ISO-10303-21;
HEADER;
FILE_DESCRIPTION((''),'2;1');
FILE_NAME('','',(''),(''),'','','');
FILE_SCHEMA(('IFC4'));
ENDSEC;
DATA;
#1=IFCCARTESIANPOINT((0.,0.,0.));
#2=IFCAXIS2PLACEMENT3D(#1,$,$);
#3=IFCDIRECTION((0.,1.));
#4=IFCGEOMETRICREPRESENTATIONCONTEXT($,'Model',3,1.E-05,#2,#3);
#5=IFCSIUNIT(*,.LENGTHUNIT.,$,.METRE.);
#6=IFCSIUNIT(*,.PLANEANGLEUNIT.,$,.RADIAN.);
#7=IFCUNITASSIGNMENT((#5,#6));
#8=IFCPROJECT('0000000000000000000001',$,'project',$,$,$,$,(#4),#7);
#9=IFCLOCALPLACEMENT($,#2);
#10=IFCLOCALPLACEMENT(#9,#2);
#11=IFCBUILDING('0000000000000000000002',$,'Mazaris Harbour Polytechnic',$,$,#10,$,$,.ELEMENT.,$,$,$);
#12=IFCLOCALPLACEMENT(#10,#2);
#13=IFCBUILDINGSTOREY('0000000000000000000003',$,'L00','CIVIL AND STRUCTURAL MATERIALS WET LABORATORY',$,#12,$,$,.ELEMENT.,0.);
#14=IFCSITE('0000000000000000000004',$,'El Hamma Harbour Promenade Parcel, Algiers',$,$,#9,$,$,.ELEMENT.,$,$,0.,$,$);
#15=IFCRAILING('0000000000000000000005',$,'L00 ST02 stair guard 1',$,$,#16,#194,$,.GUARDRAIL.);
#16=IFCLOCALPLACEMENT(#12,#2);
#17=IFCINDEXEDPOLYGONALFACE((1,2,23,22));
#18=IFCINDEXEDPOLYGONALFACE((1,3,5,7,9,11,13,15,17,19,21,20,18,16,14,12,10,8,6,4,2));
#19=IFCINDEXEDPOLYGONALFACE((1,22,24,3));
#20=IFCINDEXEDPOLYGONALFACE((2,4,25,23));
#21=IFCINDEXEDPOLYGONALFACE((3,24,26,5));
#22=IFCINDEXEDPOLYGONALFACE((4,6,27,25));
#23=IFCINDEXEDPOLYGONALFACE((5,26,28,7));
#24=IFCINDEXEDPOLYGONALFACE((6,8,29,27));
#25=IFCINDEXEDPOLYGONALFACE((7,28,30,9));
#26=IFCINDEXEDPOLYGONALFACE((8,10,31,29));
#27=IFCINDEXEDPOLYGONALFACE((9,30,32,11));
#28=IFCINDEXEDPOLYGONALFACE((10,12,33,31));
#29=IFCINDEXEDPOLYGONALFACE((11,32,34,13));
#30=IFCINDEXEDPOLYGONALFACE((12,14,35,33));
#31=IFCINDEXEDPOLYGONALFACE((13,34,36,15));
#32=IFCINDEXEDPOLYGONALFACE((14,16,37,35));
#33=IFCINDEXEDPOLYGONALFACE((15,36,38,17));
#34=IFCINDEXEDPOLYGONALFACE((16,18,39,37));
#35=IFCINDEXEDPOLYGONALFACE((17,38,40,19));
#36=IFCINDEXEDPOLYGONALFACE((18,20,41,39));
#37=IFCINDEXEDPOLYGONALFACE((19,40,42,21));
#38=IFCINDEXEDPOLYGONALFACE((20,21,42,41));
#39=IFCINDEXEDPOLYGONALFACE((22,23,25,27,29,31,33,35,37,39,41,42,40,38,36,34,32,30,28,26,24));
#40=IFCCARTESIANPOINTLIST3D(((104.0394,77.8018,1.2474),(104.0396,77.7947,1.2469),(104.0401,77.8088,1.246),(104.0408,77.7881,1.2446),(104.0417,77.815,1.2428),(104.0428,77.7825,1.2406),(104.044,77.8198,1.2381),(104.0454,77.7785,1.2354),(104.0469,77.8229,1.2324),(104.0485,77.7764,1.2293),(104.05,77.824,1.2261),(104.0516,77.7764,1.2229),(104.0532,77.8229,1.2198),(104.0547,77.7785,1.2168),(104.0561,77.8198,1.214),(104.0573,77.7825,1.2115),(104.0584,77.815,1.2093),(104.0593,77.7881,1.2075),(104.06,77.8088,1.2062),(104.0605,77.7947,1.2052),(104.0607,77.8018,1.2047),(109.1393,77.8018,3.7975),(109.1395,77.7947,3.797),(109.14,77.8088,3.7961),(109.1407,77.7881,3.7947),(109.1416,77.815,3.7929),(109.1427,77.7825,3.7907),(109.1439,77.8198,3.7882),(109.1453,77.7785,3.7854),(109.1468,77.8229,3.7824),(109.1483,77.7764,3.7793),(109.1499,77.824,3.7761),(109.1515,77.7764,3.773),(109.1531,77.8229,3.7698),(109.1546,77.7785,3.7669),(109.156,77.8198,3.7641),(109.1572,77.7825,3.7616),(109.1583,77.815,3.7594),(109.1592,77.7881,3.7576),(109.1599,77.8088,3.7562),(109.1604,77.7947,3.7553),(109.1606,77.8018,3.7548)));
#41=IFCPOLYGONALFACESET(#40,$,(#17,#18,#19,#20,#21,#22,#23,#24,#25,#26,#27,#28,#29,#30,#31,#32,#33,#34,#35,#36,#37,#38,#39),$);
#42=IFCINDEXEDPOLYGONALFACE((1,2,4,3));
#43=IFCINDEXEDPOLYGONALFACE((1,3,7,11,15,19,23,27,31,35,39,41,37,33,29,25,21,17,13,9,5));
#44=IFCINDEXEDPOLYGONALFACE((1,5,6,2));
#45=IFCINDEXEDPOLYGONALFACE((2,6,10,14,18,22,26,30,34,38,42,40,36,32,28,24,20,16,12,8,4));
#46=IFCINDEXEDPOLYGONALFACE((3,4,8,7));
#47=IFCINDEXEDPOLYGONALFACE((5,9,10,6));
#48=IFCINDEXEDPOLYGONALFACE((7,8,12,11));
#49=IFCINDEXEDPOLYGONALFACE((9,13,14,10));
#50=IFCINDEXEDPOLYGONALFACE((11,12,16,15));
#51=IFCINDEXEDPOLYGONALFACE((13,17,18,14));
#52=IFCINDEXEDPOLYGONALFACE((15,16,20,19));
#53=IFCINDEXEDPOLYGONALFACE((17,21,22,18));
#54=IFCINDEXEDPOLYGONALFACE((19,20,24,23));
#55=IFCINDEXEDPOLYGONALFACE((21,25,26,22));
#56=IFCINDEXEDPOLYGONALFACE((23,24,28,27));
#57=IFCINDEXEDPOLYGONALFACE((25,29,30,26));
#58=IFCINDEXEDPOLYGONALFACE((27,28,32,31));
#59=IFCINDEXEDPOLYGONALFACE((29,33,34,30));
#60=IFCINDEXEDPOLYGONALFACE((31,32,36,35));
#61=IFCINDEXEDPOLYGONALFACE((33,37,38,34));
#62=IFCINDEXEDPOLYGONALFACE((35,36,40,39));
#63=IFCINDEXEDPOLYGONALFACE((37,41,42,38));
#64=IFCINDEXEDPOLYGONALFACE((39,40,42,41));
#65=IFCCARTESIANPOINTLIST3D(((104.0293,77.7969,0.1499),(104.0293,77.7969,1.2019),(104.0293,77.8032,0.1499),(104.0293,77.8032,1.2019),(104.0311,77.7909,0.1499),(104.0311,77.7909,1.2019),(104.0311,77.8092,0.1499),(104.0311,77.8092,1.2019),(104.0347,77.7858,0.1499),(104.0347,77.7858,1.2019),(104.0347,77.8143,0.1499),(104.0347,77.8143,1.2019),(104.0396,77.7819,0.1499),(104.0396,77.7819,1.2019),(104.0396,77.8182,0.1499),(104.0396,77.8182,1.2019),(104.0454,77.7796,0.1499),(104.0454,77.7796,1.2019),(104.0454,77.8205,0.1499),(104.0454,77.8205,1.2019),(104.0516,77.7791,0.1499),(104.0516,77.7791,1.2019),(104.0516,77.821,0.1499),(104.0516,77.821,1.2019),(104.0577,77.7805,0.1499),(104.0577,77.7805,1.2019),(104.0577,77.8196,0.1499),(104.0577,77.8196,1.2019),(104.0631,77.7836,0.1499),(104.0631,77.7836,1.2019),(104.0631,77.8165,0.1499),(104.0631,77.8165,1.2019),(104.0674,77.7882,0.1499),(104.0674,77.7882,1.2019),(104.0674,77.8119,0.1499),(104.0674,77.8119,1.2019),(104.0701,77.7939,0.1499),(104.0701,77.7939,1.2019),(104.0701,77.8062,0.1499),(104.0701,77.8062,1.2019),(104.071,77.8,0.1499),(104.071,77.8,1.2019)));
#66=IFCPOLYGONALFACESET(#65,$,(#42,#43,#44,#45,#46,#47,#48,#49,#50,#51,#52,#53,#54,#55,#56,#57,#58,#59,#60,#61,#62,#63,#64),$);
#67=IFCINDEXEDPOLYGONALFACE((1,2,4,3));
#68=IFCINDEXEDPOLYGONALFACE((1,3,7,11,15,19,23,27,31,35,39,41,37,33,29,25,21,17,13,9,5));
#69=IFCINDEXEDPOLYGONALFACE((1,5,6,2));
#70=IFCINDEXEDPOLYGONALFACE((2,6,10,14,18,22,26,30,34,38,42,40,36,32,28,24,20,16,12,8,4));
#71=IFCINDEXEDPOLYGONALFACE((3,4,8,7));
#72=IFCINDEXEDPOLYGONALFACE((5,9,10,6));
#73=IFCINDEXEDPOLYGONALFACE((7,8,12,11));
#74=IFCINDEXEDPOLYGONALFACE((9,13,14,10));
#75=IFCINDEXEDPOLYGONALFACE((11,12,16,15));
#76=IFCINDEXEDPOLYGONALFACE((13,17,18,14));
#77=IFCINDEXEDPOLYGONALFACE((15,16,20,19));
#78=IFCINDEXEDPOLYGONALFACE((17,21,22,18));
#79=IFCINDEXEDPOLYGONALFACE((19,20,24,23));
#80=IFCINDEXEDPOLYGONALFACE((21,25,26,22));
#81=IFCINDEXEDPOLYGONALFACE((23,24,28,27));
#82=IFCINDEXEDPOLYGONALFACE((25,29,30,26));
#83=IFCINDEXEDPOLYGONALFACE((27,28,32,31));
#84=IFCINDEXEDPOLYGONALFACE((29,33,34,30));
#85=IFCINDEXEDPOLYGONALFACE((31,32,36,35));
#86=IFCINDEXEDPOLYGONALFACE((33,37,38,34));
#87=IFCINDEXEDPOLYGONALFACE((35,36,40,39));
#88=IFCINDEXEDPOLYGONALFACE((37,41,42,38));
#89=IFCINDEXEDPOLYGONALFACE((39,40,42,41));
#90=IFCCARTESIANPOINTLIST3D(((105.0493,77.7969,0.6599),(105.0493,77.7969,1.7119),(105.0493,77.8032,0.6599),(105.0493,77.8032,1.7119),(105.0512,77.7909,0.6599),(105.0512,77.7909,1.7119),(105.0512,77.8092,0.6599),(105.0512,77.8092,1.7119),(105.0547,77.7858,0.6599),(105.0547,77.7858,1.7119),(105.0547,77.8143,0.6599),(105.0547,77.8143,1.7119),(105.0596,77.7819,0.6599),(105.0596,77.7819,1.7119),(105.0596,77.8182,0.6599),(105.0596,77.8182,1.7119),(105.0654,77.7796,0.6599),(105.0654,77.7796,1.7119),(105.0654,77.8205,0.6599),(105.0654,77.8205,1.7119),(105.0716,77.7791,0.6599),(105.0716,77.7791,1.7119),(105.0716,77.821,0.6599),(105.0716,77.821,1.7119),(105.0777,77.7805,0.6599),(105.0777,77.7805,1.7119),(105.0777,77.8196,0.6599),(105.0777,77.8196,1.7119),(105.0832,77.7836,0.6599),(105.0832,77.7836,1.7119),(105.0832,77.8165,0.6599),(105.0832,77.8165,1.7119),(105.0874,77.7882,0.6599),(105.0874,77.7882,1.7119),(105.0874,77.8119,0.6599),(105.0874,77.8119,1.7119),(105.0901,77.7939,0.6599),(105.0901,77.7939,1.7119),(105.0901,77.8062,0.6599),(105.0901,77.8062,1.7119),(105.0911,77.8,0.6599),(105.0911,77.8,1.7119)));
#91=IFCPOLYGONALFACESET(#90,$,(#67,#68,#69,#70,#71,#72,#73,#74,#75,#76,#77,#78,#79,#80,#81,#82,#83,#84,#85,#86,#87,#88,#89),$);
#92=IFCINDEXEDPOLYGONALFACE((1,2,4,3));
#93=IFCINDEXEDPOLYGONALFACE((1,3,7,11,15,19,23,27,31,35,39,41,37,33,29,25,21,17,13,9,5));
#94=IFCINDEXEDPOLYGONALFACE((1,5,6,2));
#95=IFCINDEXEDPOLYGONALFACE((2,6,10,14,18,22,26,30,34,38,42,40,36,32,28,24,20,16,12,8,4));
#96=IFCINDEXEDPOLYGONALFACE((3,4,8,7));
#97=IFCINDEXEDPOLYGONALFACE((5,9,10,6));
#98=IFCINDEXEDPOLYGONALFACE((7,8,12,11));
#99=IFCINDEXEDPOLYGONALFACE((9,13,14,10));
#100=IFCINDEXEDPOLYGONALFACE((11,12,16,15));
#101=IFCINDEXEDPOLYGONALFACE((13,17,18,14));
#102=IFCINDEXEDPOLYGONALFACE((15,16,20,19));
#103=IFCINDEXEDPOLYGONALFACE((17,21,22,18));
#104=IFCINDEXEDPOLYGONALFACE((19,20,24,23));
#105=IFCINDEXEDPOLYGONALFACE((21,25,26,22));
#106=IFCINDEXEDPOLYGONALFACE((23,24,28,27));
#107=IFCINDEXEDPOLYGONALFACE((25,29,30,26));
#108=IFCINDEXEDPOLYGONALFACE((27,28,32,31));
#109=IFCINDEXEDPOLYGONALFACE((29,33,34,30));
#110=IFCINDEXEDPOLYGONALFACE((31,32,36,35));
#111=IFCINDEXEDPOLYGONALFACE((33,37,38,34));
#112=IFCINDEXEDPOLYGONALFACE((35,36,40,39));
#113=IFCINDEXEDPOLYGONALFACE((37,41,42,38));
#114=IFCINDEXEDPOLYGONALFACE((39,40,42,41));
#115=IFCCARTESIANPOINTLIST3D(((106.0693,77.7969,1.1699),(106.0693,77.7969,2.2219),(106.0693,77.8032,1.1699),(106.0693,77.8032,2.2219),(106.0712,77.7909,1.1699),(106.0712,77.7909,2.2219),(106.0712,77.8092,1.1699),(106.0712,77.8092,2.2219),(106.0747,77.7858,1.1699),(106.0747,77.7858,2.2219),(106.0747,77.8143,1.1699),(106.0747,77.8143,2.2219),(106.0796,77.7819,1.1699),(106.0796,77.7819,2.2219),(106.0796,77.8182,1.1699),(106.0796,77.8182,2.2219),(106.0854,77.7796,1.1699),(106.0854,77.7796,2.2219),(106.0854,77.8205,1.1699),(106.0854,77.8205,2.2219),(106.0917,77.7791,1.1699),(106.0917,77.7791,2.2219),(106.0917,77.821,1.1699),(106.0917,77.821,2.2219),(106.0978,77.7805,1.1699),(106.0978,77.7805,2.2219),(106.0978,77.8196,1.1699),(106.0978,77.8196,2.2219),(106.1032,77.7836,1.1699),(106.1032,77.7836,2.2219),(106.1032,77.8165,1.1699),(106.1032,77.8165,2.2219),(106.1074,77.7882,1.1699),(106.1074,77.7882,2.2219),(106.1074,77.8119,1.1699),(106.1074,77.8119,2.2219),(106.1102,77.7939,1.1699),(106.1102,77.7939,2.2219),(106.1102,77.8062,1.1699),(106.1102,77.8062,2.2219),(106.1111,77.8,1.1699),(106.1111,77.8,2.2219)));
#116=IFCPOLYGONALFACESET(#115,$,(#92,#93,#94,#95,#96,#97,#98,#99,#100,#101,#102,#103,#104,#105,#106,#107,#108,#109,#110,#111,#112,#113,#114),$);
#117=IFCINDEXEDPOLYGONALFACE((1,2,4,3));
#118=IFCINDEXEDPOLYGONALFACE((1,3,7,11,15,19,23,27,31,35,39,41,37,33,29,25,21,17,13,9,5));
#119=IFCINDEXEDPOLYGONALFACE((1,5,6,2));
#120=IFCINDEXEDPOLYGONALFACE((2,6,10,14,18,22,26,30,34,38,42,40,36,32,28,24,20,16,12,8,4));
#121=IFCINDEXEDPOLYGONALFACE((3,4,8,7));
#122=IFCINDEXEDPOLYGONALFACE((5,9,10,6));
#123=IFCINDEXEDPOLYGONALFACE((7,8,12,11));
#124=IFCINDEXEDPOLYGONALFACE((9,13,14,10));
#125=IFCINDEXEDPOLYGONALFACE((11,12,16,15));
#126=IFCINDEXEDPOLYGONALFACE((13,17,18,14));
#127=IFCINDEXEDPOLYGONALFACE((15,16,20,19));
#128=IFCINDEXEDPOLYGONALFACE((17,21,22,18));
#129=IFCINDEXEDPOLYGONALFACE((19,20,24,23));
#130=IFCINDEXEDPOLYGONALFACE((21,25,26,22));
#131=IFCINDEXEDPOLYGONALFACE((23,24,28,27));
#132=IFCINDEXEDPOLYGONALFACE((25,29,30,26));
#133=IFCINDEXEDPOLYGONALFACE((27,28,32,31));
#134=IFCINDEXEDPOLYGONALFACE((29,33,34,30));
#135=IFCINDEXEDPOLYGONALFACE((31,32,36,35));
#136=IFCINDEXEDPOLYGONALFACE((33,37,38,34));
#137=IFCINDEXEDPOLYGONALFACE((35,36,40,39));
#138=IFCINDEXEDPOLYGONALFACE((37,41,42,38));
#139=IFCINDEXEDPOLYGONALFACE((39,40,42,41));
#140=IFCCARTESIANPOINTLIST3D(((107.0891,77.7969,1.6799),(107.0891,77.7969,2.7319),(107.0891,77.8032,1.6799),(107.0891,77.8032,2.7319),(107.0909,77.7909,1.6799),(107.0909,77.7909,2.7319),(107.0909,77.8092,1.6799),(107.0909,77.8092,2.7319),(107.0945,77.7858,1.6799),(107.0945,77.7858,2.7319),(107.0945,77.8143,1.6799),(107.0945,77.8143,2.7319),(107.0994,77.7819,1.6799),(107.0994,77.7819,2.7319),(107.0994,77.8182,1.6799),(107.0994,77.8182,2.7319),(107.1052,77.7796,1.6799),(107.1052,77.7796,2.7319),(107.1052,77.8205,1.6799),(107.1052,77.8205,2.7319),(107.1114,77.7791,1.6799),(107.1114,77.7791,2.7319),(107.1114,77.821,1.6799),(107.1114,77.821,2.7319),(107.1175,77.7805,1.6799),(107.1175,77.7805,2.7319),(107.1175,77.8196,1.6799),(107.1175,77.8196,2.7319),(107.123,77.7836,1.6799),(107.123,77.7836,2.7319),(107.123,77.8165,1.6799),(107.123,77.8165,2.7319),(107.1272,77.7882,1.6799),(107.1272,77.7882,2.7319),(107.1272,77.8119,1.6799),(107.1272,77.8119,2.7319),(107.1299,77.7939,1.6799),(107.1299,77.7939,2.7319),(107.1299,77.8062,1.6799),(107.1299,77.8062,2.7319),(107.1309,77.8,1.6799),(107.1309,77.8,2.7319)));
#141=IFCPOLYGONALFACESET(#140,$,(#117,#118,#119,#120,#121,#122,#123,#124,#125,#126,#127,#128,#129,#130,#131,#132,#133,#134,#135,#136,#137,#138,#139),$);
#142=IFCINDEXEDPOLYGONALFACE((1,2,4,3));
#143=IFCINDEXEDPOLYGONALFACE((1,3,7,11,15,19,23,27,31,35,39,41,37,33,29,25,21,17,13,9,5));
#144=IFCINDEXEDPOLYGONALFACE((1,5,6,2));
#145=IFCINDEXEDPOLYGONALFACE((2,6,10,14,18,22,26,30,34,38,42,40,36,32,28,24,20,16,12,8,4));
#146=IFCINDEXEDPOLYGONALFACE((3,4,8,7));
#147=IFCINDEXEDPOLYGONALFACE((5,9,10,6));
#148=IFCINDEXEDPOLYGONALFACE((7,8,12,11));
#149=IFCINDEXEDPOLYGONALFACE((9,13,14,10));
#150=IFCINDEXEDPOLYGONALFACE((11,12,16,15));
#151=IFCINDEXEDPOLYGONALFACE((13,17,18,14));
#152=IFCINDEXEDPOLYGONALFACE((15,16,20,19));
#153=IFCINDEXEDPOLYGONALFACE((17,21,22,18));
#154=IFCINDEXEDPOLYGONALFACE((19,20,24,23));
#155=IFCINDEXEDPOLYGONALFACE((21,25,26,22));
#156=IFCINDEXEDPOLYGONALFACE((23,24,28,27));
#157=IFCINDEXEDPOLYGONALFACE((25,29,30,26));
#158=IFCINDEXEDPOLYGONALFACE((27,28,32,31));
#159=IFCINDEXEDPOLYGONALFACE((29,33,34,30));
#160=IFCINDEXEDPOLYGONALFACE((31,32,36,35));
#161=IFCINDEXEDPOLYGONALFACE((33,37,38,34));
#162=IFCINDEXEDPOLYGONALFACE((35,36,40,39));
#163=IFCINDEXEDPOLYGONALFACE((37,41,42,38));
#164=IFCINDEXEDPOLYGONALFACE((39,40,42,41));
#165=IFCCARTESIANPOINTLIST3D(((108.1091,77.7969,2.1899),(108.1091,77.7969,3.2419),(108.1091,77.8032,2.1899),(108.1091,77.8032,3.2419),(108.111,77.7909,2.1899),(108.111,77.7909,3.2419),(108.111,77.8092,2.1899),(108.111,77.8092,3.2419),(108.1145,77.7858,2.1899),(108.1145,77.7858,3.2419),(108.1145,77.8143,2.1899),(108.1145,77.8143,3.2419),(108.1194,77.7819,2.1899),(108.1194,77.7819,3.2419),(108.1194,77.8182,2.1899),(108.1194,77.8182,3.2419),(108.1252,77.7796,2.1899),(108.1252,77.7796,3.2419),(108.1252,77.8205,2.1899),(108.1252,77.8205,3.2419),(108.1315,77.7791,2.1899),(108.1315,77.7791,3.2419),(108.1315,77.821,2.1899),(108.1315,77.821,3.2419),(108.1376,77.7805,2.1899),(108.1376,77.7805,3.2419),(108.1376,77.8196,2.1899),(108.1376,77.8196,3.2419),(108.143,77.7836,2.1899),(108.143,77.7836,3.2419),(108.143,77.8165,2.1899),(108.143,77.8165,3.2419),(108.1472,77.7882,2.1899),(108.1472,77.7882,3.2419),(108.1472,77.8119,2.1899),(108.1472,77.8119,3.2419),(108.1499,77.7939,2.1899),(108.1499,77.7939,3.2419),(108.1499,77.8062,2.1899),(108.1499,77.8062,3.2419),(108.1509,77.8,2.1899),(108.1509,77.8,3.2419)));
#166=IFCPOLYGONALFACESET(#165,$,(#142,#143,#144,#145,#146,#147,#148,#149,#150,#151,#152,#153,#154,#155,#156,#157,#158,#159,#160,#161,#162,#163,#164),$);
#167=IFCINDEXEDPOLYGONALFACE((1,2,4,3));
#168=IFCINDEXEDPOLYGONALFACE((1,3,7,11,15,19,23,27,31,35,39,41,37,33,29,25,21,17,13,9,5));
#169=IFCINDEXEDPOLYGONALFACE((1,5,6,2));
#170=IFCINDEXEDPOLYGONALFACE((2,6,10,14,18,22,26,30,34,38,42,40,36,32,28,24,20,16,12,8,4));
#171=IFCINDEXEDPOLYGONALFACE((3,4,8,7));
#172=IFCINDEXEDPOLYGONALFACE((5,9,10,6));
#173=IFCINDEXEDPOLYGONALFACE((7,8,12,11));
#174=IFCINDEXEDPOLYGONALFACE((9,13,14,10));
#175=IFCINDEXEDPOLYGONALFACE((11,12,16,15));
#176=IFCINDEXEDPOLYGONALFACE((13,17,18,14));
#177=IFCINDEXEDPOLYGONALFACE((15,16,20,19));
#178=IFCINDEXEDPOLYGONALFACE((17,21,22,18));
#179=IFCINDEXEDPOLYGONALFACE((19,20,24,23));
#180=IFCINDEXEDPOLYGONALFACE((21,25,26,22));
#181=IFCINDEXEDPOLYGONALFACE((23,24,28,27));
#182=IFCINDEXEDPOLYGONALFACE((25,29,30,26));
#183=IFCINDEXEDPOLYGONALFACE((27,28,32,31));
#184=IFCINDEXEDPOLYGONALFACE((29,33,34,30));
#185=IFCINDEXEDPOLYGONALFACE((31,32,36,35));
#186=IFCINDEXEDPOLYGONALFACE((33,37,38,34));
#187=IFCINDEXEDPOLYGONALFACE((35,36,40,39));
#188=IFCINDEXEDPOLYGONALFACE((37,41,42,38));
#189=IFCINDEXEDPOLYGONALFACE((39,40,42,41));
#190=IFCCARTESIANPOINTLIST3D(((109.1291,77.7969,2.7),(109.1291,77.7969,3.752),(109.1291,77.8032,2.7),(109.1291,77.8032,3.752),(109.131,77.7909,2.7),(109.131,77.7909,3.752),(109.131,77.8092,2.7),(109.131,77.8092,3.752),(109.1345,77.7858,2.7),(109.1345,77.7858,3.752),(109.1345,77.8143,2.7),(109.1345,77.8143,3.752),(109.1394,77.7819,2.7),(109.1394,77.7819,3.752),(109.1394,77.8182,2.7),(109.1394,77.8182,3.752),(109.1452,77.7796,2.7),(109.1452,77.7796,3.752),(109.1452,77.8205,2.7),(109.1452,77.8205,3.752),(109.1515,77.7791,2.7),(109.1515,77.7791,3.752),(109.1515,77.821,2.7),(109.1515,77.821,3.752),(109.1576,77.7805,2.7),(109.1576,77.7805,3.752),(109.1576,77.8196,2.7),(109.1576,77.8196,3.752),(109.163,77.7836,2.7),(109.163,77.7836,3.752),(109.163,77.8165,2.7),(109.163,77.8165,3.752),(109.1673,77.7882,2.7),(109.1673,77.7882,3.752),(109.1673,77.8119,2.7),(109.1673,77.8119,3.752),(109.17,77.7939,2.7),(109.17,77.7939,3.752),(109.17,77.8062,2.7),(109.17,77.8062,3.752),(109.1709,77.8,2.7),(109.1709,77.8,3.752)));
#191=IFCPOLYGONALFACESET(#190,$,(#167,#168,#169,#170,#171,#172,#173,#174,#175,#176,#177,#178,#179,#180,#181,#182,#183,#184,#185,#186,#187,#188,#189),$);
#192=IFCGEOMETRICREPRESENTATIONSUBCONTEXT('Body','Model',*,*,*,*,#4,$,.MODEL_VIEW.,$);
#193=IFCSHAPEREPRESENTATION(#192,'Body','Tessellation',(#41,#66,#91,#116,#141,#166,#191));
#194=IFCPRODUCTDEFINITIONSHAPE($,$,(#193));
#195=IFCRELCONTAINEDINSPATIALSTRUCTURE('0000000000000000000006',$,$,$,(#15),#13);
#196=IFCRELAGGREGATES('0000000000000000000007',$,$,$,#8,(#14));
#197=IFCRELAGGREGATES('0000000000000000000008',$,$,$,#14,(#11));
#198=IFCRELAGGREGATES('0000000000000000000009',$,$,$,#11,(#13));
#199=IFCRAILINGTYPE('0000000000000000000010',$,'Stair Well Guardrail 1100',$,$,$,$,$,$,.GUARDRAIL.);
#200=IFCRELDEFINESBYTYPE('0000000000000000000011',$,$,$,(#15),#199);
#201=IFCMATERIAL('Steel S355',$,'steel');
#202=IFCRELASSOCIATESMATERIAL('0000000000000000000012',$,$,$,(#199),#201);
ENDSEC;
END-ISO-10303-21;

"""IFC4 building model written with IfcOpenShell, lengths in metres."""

from ifc_helpers import new_model, si_unit, direction, frame, origin, origin_2d, place, context, subcontext, project, spatial, circle, extrude, material, type_object, element, save


model = new_model("IFC4")

# Units and contexts
model_context = context("Model", 3, precision=1e-05, world=origin(), true_north=direction((0.0, 1.0)))
body_context = subcontext(model_context, "Body", "Model", "MODEL_VIEW")
ifc_project = project(units=[si_unit("LENGTHUNIT", "METRE"), si_unit("PLANEANGLEUNIT", "RADIAN")], contexts=[model_context])

# Site, building, storey
site_placement = place(None, origin())
site = spatial("IfcSite", under=ifc_project, at=site_placement, Name="El Hamma Harbour Promenade Parcel, Algiers", CompositionType="ELEMENT", RefElevation=0.0)
building_placement = place(site_placement, origin())
building = spatial("IfcBuilding", under=site, at=building_placement, Name="Mazaris Harbour Polytechnic", CompositionType="ELEMENT")
storey_placement = place(building_placement, origin())
storey = spatial("IfcBuildingStorey", under=building, at=storey_placement, Name="L00", Description="CIVIL AND STRUCTURAL MATERIALS WET LABORATORY", CompositionType="ELEMENT", Elevation=0.0)

# Railing
ifc_material_1 = material(Name="Steel S355", Category="steel")
railing_type_1 = type_object("IfcRailingType", Name="Stair Well Guardrail 1100", PredefinedType="GUARDRAIL", material=ifc_material_1)
railing_1_placement = place(storey_placement, frame((104.05, 77.8, 0.1499)))
element("IfcRailing", 1, at=railing_1_placement, inside=storey, type_object=railing_type_1, Name="L00 ST02 stair guard 1", PredefinedType="GUARDRAIL", context=body_context, shape_type="SweptSolid", body=[
    extrude(circle(Radius=0.0239, at=origin_2d()), frame((0.0, 0.0, 1.0762), z_axis=(0.894419, 0.0, 0.447231), x_axis=(0.0, 1.0, 0.0)), (0.0, 0.0, 1.0), 5.7019),
    extrude(circle(Radius=0.021, at=origin_2d()), origin(), (0.0, 0.0, 1.0), 1.052),
    extrude(circle(Radius=0.021, at=origin_2d()), frame((1.02, 0.0, 0.51)), (0.0, 0.0, 1.0), 1.052),
    extrude(circle(Radius=0.021, at=origin_2d()), frame((2.04, 0.0, 1.02)), (0.0, 0.0, 1.0), 1.052),
    extrude(circle(Radius=0.021, at=origin_2d()), frame((3.0598, 0.0, 1.53)), (0.0, 0.0, 1.0), 1.052),
    extrude(circle(Radius=0.021, at=origin_2d()), frame((4.0798, 0.0, 2.04)), (0.0, 0.0, 1.0), 1.052),
    extrude(circle(Radius=0.021, at=origin_2d()), frame((5.0999, 0.0, 2.55)), (0.0, 0.0, 1.0), 1.052),
])

save(model, "model.ifc")
